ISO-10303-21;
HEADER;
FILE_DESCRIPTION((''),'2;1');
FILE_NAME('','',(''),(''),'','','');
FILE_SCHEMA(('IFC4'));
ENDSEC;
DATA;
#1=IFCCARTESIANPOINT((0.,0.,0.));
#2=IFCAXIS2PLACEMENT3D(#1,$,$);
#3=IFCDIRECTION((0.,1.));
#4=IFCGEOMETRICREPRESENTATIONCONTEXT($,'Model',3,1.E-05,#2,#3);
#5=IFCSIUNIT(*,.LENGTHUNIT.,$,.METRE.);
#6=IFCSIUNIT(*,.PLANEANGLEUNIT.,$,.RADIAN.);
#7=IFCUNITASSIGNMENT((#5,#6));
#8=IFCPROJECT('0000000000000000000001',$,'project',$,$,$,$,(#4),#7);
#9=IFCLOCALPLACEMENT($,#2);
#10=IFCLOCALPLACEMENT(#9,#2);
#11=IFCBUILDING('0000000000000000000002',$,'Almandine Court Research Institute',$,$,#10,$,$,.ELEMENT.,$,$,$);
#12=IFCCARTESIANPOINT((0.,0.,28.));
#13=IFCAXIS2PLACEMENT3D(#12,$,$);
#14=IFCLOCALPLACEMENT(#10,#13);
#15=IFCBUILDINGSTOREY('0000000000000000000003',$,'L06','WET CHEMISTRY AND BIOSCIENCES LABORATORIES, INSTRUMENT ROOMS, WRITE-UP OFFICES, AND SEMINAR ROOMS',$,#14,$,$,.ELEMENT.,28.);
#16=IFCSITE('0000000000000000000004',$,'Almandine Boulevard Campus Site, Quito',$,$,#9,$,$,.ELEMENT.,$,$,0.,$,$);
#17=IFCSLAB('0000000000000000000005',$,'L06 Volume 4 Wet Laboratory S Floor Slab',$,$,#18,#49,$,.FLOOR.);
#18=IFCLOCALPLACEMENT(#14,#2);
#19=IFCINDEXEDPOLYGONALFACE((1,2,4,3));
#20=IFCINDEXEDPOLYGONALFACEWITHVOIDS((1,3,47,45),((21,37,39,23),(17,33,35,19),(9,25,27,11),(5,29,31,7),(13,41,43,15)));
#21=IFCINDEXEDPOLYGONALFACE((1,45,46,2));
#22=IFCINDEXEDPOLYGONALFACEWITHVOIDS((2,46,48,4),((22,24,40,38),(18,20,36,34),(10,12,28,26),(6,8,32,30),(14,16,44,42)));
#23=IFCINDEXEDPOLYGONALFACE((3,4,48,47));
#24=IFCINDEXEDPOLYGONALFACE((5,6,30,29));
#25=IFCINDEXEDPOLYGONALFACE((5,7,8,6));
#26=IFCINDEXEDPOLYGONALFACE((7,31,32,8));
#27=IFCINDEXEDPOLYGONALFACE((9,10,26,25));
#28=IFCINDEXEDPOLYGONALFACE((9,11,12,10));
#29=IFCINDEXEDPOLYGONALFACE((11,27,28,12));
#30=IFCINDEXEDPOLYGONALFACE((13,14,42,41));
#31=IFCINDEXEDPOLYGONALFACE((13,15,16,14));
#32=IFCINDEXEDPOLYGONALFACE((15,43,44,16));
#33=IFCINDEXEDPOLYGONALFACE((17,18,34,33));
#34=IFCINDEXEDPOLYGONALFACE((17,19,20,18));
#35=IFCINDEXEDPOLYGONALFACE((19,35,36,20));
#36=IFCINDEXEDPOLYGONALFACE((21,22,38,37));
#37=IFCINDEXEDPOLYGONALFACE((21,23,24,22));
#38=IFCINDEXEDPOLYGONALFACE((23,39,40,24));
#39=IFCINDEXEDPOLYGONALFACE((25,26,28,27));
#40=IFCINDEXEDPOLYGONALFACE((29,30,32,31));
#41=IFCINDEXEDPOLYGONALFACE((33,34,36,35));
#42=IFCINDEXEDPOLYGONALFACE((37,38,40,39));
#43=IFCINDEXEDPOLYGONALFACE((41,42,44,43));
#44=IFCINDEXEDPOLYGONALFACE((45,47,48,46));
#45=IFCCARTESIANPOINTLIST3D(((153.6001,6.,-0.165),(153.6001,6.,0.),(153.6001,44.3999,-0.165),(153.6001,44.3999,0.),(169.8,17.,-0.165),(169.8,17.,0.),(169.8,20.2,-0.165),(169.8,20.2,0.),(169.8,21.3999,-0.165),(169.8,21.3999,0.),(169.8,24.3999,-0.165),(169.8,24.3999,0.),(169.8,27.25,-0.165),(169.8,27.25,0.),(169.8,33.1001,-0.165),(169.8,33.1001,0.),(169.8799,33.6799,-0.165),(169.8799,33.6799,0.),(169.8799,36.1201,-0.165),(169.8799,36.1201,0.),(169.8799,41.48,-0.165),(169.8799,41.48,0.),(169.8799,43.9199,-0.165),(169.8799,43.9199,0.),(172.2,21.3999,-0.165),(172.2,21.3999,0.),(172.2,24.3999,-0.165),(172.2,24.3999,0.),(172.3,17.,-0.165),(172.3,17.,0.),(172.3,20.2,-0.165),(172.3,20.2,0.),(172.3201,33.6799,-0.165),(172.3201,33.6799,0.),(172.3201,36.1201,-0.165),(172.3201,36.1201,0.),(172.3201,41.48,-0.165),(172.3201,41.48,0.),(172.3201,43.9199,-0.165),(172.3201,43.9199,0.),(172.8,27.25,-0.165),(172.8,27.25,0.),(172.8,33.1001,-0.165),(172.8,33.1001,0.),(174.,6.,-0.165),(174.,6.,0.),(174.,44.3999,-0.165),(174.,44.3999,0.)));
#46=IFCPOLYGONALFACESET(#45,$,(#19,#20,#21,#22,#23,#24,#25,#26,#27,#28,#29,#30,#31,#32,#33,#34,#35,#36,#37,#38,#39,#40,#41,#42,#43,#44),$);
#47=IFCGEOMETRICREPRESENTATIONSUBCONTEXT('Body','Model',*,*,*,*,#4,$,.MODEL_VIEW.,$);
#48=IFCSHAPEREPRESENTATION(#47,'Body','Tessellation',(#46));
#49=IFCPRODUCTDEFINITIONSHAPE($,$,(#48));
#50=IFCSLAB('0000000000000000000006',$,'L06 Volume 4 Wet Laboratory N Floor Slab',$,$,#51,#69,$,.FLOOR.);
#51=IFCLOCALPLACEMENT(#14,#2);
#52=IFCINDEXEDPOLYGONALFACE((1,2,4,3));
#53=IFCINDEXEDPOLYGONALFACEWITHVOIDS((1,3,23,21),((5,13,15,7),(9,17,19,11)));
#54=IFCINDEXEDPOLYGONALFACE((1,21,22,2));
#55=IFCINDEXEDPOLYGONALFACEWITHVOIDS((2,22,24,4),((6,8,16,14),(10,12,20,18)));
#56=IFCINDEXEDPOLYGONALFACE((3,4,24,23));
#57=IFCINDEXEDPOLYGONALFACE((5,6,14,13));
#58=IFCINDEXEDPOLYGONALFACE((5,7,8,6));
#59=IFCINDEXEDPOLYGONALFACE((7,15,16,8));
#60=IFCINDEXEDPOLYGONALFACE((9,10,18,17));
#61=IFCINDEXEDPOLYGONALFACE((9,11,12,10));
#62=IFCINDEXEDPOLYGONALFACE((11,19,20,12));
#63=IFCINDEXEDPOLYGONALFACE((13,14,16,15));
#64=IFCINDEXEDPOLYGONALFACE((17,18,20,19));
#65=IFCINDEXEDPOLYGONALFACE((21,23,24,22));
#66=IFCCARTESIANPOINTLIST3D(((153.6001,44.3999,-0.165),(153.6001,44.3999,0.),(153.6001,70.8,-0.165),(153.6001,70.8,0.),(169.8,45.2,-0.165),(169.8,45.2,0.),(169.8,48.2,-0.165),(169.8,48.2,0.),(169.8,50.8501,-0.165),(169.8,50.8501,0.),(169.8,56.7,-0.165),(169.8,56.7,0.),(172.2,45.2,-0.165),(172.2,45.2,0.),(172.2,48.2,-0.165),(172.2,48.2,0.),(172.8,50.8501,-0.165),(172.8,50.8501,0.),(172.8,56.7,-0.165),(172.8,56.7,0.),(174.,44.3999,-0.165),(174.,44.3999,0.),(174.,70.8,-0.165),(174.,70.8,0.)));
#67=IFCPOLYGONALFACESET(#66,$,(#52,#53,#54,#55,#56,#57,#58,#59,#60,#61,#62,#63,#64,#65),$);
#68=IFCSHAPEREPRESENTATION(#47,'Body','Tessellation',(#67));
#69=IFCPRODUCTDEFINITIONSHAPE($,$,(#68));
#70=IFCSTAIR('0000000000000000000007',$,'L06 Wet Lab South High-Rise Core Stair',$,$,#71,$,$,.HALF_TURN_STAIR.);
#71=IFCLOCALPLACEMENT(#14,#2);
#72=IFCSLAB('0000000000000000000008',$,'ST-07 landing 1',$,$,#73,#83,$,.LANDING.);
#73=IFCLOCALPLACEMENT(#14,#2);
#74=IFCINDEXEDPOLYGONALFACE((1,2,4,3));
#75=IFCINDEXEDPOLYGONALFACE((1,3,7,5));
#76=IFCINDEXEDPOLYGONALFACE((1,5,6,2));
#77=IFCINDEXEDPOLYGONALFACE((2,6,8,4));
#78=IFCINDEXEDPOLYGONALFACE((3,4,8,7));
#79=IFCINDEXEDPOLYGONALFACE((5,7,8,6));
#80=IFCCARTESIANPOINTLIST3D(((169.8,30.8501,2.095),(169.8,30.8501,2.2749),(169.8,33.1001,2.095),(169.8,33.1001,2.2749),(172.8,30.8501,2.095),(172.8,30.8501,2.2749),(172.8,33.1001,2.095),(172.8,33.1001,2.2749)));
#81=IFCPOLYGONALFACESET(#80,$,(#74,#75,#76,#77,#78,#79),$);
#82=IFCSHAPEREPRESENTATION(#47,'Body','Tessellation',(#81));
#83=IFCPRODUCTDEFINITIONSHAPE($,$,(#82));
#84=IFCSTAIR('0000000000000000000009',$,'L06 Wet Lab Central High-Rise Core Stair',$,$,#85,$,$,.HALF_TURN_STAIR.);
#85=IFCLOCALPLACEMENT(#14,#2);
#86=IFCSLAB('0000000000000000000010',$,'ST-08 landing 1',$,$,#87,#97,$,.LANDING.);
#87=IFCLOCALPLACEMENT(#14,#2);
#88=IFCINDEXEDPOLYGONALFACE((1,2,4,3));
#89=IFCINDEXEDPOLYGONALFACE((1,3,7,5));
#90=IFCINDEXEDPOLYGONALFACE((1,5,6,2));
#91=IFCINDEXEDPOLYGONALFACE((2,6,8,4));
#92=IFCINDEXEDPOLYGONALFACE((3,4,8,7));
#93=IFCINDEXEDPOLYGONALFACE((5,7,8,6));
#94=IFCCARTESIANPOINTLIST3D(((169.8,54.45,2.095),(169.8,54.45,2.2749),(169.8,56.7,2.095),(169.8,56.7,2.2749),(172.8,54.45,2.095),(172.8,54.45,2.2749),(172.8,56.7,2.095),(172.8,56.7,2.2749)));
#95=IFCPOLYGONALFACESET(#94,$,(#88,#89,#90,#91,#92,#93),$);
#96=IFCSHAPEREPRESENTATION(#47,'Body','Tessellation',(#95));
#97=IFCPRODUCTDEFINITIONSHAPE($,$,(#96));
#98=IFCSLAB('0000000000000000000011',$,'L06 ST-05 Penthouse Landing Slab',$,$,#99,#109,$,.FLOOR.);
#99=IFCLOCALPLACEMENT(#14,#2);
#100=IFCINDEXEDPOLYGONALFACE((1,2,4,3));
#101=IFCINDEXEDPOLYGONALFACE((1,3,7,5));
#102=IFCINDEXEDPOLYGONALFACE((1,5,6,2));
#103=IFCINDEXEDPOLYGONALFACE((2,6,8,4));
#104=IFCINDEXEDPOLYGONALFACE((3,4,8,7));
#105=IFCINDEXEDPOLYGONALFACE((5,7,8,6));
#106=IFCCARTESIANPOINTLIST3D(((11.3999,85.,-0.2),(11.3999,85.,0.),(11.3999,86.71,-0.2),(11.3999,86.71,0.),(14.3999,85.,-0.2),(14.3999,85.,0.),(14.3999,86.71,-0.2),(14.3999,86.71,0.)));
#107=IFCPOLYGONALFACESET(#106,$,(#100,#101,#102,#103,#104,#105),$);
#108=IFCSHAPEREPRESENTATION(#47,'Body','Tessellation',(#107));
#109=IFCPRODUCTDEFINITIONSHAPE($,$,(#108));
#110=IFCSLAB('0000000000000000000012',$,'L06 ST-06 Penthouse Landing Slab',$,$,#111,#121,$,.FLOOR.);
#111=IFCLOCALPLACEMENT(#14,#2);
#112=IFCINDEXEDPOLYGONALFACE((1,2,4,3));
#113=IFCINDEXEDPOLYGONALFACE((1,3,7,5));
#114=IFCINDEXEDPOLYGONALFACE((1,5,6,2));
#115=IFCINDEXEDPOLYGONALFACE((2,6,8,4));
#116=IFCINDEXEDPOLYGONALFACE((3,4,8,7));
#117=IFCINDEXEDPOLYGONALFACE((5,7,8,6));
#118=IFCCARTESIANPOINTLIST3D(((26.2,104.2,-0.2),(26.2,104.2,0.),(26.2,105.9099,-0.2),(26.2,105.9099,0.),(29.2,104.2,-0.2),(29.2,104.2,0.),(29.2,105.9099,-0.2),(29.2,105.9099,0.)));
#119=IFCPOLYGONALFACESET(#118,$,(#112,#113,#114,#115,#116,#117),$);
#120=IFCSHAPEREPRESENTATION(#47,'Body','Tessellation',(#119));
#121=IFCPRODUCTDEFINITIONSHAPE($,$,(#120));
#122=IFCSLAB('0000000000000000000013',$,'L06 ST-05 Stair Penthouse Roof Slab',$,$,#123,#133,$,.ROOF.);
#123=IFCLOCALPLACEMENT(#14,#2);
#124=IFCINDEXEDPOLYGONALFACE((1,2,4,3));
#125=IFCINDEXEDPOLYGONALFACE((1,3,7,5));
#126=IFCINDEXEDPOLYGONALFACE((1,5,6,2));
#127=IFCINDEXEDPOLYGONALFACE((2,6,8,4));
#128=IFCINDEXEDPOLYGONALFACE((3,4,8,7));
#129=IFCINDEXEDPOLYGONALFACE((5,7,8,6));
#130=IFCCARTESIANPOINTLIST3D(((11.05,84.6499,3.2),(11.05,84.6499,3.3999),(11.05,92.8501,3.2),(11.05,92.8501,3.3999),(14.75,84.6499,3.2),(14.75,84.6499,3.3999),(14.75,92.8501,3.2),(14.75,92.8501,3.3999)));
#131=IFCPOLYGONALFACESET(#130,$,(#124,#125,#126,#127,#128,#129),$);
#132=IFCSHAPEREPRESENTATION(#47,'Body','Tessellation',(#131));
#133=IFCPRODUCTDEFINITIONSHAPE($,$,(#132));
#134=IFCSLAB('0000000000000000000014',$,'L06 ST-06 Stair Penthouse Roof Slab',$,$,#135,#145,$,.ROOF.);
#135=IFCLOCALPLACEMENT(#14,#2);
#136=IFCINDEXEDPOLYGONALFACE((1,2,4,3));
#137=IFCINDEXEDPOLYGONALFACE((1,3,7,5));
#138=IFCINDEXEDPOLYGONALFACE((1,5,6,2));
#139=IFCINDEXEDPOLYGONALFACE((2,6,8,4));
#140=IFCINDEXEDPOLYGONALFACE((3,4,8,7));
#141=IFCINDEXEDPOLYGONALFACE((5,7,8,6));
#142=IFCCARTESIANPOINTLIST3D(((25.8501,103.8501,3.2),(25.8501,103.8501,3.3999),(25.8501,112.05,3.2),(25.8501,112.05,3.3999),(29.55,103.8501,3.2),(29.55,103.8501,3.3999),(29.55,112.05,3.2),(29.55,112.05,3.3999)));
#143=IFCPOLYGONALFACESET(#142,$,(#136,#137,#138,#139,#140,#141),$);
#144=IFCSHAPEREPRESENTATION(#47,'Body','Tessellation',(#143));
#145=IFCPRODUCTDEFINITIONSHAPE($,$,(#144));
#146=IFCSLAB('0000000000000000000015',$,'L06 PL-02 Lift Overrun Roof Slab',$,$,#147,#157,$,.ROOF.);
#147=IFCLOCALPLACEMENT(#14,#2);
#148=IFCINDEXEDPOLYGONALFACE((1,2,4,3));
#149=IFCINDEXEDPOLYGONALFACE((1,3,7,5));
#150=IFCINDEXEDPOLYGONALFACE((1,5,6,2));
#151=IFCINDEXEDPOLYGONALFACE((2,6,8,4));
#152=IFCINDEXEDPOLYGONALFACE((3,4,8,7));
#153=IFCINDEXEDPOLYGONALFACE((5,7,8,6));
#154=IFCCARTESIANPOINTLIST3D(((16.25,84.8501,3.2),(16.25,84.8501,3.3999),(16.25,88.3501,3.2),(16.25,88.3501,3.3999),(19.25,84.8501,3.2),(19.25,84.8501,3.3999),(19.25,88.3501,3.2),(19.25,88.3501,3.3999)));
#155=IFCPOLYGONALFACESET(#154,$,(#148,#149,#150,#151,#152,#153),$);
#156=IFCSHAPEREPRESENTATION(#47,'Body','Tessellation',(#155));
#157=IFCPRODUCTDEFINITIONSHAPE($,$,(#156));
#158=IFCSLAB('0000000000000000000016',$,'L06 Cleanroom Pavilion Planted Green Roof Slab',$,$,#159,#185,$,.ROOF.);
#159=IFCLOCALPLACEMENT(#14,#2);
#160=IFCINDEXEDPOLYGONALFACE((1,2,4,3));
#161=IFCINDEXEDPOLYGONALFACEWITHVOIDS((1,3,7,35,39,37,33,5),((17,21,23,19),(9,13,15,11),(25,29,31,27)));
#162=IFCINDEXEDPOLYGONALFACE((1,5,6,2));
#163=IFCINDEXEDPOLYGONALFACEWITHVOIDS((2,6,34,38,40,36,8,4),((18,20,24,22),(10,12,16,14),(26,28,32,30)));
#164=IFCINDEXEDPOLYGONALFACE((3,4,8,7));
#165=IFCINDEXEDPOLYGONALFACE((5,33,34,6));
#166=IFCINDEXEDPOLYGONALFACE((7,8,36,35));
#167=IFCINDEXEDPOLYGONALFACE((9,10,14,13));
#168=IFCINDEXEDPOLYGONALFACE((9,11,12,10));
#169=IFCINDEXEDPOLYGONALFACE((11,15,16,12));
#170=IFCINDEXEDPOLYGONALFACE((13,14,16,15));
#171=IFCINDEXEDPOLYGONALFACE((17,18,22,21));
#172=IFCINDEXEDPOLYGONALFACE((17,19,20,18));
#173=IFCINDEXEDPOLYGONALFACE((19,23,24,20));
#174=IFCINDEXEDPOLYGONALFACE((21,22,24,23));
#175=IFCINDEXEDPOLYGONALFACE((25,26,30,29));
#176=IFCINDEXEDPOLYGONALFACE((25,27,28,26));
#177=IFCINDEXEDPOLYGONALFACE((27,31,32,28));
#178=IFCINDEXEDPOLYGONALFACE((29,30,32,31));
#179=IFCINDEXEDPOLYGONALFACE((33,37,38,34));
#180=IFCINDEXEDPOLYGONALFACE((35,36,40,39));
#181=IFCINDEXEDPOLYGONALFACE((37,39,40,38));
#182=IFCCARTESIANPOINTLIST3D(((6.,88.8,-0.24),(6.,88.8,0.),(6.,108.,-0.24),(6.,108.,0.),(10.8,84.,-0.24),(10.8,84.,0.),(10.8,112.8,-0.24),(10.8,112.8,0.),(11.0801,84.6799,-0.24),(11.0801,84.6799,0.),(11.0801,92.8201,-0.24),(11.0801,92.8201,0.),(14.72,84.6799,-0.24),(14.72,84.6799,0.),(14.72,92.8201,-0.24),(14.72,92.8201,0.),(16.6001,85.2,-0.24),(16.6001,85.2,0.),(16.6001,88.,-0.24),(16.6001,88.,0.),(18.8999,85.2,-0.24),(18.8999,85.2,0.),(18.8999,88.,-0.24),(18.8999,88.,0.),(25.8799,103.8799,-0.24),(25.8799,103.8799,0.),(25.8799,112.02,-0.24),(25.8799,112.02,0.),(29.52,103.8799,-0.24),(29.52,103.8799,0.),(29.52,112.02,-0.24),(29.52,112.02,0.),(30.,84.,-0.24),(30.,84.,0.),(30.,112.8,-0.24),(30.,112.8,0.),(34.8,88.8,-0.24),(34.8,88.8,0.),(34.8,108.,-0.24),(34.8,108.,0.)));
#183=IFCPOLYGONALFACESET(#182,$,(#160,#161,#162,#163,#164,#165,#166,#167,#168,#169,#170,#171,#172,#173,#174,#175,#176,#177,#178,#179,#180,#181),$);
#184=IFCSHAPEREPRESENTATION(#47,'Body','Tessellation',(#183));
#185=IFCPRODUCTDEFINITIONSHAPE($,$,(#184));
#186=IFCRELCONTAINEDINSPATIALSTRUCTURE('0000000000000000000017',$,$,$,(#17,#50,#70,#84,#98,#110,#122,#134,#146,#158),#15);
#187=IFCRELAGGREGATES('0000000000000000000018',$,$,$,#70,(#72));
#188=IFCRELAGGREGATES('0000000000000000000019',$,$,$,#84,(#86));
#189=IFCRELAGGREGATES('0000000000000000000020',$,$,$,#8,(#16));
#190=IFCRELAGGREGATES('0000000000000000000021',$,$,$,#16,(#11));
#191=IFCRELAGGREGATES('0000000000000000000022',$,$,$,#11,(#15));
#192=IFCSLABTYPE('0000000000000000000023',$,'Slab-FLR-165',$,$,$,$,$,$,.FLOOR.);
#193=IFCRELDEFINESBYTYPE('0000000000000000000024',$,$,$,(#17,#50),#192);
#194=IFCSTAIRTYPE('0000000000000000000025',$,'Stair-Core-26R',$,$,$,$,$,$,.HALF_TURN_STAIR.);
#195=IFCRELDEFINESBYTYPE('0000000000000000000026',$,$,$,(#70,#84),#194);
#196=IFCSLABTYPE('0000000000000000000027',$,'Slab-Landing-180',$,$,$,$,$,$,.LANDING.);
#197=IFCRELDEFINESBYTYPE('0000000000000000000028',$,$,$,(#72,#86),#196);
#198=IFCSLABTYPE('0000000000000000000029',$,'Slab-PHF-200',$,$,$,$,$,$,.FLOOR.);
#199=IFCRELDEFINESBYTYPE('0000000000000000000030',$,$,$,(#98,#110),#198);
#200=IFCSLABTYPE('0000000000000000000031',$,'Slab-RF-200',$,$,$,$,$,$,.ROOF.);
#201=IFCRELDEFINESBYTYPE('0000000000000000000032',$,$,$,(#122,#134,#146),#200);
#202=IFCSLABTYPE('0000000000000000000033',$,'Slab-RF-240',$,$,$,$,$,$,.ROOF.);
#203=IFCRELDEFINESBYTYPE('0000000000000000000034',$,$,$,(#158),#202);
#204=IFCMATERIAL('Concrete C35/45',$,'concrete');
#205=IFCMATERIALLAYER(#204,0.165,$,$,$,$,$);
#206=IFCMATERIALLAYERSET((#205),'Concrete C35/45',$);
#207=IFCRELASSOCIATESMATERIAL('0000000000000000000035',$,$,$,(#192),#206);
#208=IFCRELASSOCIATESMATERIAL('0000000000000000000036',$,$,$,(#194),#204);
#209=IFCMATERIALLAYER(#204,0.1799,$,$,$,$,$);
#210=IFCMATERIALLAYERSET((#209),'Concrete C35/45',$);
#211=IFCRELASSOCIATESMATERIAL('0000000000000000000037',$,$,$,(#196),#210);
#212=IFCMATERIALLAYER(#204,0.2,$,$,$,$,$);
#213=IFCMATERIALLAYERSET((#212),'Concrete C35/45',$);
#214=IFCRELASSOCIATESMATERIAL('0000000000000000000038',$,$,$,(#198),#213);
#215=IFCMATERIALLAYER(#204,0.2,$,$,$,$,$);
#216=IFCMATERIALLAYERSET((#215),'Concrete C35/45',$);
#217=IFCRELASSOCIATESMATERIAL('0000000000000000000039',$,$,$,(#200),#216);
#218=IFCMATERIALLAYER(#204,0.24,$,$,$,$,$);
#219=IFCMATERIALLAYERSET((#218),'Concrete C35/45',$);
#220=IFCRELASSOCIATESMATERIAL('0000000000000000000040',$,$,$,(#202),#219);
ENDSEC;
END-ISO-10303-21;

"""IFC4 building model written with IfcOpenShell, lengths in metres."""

from ifc_helpers import new_model, si_unit, direction, frame, origin, place, context, subcontext, project, spatial, polyline, outline, extrude, material, layer, layer_set, type_object, element, aggregate, save


model = new_model("IFC4")

# Units and contexts
model_context = context("Model", 3, precision=1e-05, world=origin(), true_north=direction((0.0, 1.0)))
body_context = subcontext(model_context, "Body", "Model", "MODEL_VIEW")
ifc_project = project(units=[si_unit("LENGTHUNIT", "METRE"), si_unit("PLANEANGLEUNIT", "RADIAN")], contexts=[model_context])

# Site, building, storey
site_placement = place(None, origin())
site = spatial("IfcSite", under=ifc_project, at=site_placement, Name="Almandine Boulevard Campus Site, Quito", CompositionType="ELEMENT", RefElevation=0.0)
building_placement = place(site_placement, origin())
building = spatial("IfcBuilding", under=site, at=building_placement, Name="Almandine Court Research Institute", CompositionType="ELEMENT")
storey_placement = place(building_placement, frame((0.0, 0.0, 28.0)))
storey = spatial("IfcBuildingStorey", under=building, at=storey_placement, Name="L06", Description="WET CHEMISTRY AND BIOSCIENCES LABORATORIES, INSTRUMENT ROOMS, WRITE-UP OFFICES, AND SEMINAR ROOMS", CompositionType="ELEMENT", Elevation=28.0)

# Slabs
ifc_material_1 = material(Name="Concrete C35/45", Category="concrete")
ifc_layer_1 = layer(ifc_material_1, 0.165)
ifc_layer_set_1 = layer_set([ifc_layer_1], Name="Concrete C35/45")
slab_type_1 = type_object("IfcSlabType", Name="Slab-FLR-165", PredefinedType="FLOOR", material=ifc_layer_set_1)
slab_1_placement = place(storey_placement, frame((0.0, 0.0, -0.165)))
element("IfcSlab", 1, at=slab_1_placement, inside=storey, type_object=slab_type_1, Name="L06 Volume 4 Wet Laboratory S Floor Slab", PredefinedType="FLOOR", context=body_context, shape_type="SweptSolid", body=[
    extrude(outline(polyline([(153.6001, 6.0), (174.0, 6.0), (174.0, 44.3999), (153.6001, 44.3999), (153.6001, 6.0)]), holes=[polyline([(172.8, 27.25), (172.8, 33.1001), (169.8, 33.1001), (169.8, 27.25), (172.8, 27.25)]), polyline([(169.8, 21.3999), (172.2, 21.3999), (172.2, 24.3999), (169.8, 24.3999), (169.8, 21.3999)]), polyline([(169.8, 17.0), (172.3, 17.0), (172.3, 20.2), (169.8, 20.2), (169.8, 17.0)]), polyline([(169.8799, 33.6799), (172.3201, 33.6799), (172.3201, 36.1201), (169.8799, 36.1201), (169.8799, 33.6799)]), polyline([(169.8799, 41.48), (172.3201, 41.48), (172.3201, 43.9199), (169.8799, 43.9199), (169.8799, 41.48)])]), origin(), (0.0, 0.0, 1.0), 0.165),
])
slab_2_placement = place(storey_placement, frame((0.0, 0.0, -0.165)))
element("IfcSlab", 2, at=slab_2_placement, inside=storey, type_object=slab_type_1, Name="L06 Volume 4 Wet Laboratory N Floor Slab", PredefinedType="FLOOR", context=body_context, shape_type="SweptSolid", body=[
    extrude(outline(polyline([(153.6001, 44.3999), (174.0, 44.3999), (174.0, 70.8), (153.6001, 70.8), (153.6001, 44.3999)]), holes=[polyline([(172.8, 50.8501), (172.8, 56.7), (169.8, 56.7), (169.8, 50.8501), (172.8, 50.8501)]), polyline([(169.8, 45.2), (172.2, 45.2), (172.2, 48.2), (169.8, 48.2), (169.8, 45.2)])]), origin(), (0.0, 0.0, 1.0), 0.165),
])

# Stairs, slabs
stair_type = type_object("IfcStairType", Name="Stair-Core-26R", PredefinedType="HALF_TURN_STAIR", material=ifc_material_1)
stair_1_placement = place(storey_placement, origin())
stair_1 = element("IfcStair", 3, at=stair_1_placement, inside=storey, type_object=stair_type, Name="L06 Wet Lab South High-Rise Core Stair", PredefinedType="HALF_TURN_STAIR")
ifc_layer_2 = layer(ifc_material_1, 0.1799)
ifc_layer_set_2 = layer_set([ifc_layer_2], Name="Concrete C35/45")
slab_type_2 = type_object("IfcSlabType", Name="Slab-Landing-180", PredefinedType="LANDING", material=ifc_layer_set_2)
slab_3_placement = place(storey_placement, frame((0.0, 0.0, 2.095)))
slab_3 = element("IfcSlab", 4, at=slab_3_placement, type_object=slab_type_2, Name="ST-07 landing 1", PredefinedType="LANDING", context=body_context, shape_type="SweptSolid", body=[
    extrude(outline(polyline([(172.8, 30.8501), (172.8, 33.1001), (169.8, 33.1001), (169.8, 30.8501), (172.8, 30.8501)])), origin(), (0.0, 0.0, 1.0), 0.1799),
])
aggregate(stair_1, [slab_3])
stair_2_placement = place(storey_placement, origin())
stair_2 = element("IfcStair", 5, at=stair_2_placement, inside=storey, type_object=stair_type, Name="L06 Wet Lab Central High-Rise Core Stair", PredefinedType="HALF_TURN_STAIR")
slab_4_placement = place(storey_placement, frame((0.0, 0.0, 2.095)))
slab_4 = element("IfcSlab", 6, at=slab_4_placement, type_object=slab_type_2, Name="ST-08 landing 1", PredefinedType="LANDING", context=body_context, shape_type="SweptSolid", body=[
    extrude(outline(polyline([(172.8, 54.45), (172.8, 56.7), (169.8, 56.7), (169.8, 54.45), (172.8, 54.45)])), origin(), (0.0, 0.0, 1.0), 0.1799),
])
aggregate(stair_2, [slab_4])

# Slabs
ifc_layer_3 = layer(ifc_material_1, 0.2)
ifc_layer_set_3 = layer_set([ifc_layer_3], Name="Concrete C35/45")
slab_type_3 = type_object("IfcSlabType", Name="Slab-PHF-200", PredefinedType="FLOOR", material=ifc_layer_set_3)
slab_5_placement = place(storey_placement, frame((0.0, 0.0, -0.2)))
element("IfcSlab", 7, at=slab_5_placement, inside=storey, type_object=slab_type_3, Name="L06 ST-05 Penthouse Landing Slab", PredefinedType="FLOOR", context=body_context, shape_type="SweptSolid", body=[
    extrude(outline(polyline([(14.3999, 85.0), (14.3999, 86.71), (11.3999, 86.71), (11.3999, 85.0), (14.3999, 85.0)])), origin(), (0.0, 0.0, 1.0), 0.2),
])
slab_6_placement = place(storey_placement, frame((0.0, 0.0, -0.2)))
element("IfcSlab", 8, at=slab_6_placement, inside=storey, type_object=slab_type_3, Name="L06 ST-06 Penthouse Landing Slab", PredefinedType="FLOOR", context=body_context, shape_type="SweptSolid", body=[
    extrude(outline(polyline([(29.2, 104.2), (29.2, 105.9099), (26.2, 105.9099), (26.2, 104.2), (29.2, 104.2)])), origin(), (0.0, 0.0, 1.0), 0.2),
])
ifc_layer_4 = layer(ifc_material_1, 0.2)
ifc_layer_set_4 = layer_set([ifc_layer_4], Name="Concrete C35/45")
slab_type_4 = type_object("IfcSlabType", Name="Slab-RF-200", PredefinedType="ROOF", material=ifc_layer_set_4)
slab_7_placement = place(storey_placement, frame((0.0, 0.0, 3.2)))
element("IfcSlab", 9, at=slab_7_placement, inside=storey, type_object=slab_type_4, Name="L06 ST-05 Stair Penthouse Roof Slab", PredefinedType="ROOF", context=body_context, shape_type="SweptSolid", body=[
    extrude(outline(polyline([(11.05, 84.6499), (14.75, 84.6499), (14.75, 92.8501), (11.05, 92.8501), (11.05, 84.6499)])), origin(), (0.0, 0.0, 1.0), 0.2),
])
slab_8_placement = place(storey_placement, frame((0.0, 0.0, 3.2)))
element("IfcSlab", 10, at=slab_8_placement, inside=storey, type_object=slab_type_4, Name="L06 ST-06 Stair Penthouse Roof Slab", PredefinedType="ROOF", context=body_context, shape_type="SweptSolid", body=[
    extrude(outline(polyline([(25.8501, 103.8501), (29.55, 103.8501), (29.55, 112.05), (25.8501, 112.05), (25.8501, 103.8501)])), origin(), (0.0, 0.0, 1.0), 0.2),
])
slab_9_placement = place(storey_placement, frame((0.0, 0.0, 3.2)))
element("IfcSlab", 11, at=slab_9_placement, inside=storey, type_object=slab_type_4, Name="L06 PL-02 Lift Overrun Roof Slab", PredefinedType="ROOF", context=body_context, shape_type="SweptSolid", body=[
    extrude(outline(polyline([(16.25, 84.8501), (19.25, 84.8501), (19.25, 88.3501), (16.25, 88.3501), (16.25, 84.8501)])), origin(), (0.0, 0.0, 1.0), 0.2),
])
ifc_layer_5 = layer(ifc_material_1, 0.24)
ifc_layer_set_5 = layer_set([ifc_layer_5], Name="Concrete C35/45")
slab_type_5 = type_object("IfcSlabType", Name="Slab-RF-240", PredefinedType="ROOF", material=ifc_layer_set_5)
slab_10_placement = place(storey_placement, frame((0.0, 0.0, -0.24)))
element("IfcSlab", 12, at=slab_10_placement, inside=storey, type_object=slab_type_5, Name="L06 Cleanroom Pavilion Planted Green Roof Slab", PredefinedType="ROOF", context=body_context, shape_type="SweptSolid", body=[
    extrude(outline(polyline([(10.8, 84.0), (30.0, 84.0), (34.8, 88.8), (34.8, 108.0), (30.0, 112.8), (10.8, 112.8), (6.0, 108.0), (6.0, 88.8), (10.8, 84.0)]), holes=[polyline([(11.0801, 84.6799), (14.72, 84.6799), (14.72, 92.8201), (11.0801, 92.8201), (11.0801, 84.6799)]), polyline([(25.8799, 103.8799), (29.52, 103.8799), (29.52, 112.02), (25.8799, 112.02), (25.8799, 103.8799)]), polyline([(16.6001, 85.2), (18.8999, 85.2), (18.8999, 88.0), (16.6001, 88.0), (16.6001, 85.2)])]), origin(), (0.0, 0.0, 1.0), 0.24),
])

save(model, "model.ifc")
